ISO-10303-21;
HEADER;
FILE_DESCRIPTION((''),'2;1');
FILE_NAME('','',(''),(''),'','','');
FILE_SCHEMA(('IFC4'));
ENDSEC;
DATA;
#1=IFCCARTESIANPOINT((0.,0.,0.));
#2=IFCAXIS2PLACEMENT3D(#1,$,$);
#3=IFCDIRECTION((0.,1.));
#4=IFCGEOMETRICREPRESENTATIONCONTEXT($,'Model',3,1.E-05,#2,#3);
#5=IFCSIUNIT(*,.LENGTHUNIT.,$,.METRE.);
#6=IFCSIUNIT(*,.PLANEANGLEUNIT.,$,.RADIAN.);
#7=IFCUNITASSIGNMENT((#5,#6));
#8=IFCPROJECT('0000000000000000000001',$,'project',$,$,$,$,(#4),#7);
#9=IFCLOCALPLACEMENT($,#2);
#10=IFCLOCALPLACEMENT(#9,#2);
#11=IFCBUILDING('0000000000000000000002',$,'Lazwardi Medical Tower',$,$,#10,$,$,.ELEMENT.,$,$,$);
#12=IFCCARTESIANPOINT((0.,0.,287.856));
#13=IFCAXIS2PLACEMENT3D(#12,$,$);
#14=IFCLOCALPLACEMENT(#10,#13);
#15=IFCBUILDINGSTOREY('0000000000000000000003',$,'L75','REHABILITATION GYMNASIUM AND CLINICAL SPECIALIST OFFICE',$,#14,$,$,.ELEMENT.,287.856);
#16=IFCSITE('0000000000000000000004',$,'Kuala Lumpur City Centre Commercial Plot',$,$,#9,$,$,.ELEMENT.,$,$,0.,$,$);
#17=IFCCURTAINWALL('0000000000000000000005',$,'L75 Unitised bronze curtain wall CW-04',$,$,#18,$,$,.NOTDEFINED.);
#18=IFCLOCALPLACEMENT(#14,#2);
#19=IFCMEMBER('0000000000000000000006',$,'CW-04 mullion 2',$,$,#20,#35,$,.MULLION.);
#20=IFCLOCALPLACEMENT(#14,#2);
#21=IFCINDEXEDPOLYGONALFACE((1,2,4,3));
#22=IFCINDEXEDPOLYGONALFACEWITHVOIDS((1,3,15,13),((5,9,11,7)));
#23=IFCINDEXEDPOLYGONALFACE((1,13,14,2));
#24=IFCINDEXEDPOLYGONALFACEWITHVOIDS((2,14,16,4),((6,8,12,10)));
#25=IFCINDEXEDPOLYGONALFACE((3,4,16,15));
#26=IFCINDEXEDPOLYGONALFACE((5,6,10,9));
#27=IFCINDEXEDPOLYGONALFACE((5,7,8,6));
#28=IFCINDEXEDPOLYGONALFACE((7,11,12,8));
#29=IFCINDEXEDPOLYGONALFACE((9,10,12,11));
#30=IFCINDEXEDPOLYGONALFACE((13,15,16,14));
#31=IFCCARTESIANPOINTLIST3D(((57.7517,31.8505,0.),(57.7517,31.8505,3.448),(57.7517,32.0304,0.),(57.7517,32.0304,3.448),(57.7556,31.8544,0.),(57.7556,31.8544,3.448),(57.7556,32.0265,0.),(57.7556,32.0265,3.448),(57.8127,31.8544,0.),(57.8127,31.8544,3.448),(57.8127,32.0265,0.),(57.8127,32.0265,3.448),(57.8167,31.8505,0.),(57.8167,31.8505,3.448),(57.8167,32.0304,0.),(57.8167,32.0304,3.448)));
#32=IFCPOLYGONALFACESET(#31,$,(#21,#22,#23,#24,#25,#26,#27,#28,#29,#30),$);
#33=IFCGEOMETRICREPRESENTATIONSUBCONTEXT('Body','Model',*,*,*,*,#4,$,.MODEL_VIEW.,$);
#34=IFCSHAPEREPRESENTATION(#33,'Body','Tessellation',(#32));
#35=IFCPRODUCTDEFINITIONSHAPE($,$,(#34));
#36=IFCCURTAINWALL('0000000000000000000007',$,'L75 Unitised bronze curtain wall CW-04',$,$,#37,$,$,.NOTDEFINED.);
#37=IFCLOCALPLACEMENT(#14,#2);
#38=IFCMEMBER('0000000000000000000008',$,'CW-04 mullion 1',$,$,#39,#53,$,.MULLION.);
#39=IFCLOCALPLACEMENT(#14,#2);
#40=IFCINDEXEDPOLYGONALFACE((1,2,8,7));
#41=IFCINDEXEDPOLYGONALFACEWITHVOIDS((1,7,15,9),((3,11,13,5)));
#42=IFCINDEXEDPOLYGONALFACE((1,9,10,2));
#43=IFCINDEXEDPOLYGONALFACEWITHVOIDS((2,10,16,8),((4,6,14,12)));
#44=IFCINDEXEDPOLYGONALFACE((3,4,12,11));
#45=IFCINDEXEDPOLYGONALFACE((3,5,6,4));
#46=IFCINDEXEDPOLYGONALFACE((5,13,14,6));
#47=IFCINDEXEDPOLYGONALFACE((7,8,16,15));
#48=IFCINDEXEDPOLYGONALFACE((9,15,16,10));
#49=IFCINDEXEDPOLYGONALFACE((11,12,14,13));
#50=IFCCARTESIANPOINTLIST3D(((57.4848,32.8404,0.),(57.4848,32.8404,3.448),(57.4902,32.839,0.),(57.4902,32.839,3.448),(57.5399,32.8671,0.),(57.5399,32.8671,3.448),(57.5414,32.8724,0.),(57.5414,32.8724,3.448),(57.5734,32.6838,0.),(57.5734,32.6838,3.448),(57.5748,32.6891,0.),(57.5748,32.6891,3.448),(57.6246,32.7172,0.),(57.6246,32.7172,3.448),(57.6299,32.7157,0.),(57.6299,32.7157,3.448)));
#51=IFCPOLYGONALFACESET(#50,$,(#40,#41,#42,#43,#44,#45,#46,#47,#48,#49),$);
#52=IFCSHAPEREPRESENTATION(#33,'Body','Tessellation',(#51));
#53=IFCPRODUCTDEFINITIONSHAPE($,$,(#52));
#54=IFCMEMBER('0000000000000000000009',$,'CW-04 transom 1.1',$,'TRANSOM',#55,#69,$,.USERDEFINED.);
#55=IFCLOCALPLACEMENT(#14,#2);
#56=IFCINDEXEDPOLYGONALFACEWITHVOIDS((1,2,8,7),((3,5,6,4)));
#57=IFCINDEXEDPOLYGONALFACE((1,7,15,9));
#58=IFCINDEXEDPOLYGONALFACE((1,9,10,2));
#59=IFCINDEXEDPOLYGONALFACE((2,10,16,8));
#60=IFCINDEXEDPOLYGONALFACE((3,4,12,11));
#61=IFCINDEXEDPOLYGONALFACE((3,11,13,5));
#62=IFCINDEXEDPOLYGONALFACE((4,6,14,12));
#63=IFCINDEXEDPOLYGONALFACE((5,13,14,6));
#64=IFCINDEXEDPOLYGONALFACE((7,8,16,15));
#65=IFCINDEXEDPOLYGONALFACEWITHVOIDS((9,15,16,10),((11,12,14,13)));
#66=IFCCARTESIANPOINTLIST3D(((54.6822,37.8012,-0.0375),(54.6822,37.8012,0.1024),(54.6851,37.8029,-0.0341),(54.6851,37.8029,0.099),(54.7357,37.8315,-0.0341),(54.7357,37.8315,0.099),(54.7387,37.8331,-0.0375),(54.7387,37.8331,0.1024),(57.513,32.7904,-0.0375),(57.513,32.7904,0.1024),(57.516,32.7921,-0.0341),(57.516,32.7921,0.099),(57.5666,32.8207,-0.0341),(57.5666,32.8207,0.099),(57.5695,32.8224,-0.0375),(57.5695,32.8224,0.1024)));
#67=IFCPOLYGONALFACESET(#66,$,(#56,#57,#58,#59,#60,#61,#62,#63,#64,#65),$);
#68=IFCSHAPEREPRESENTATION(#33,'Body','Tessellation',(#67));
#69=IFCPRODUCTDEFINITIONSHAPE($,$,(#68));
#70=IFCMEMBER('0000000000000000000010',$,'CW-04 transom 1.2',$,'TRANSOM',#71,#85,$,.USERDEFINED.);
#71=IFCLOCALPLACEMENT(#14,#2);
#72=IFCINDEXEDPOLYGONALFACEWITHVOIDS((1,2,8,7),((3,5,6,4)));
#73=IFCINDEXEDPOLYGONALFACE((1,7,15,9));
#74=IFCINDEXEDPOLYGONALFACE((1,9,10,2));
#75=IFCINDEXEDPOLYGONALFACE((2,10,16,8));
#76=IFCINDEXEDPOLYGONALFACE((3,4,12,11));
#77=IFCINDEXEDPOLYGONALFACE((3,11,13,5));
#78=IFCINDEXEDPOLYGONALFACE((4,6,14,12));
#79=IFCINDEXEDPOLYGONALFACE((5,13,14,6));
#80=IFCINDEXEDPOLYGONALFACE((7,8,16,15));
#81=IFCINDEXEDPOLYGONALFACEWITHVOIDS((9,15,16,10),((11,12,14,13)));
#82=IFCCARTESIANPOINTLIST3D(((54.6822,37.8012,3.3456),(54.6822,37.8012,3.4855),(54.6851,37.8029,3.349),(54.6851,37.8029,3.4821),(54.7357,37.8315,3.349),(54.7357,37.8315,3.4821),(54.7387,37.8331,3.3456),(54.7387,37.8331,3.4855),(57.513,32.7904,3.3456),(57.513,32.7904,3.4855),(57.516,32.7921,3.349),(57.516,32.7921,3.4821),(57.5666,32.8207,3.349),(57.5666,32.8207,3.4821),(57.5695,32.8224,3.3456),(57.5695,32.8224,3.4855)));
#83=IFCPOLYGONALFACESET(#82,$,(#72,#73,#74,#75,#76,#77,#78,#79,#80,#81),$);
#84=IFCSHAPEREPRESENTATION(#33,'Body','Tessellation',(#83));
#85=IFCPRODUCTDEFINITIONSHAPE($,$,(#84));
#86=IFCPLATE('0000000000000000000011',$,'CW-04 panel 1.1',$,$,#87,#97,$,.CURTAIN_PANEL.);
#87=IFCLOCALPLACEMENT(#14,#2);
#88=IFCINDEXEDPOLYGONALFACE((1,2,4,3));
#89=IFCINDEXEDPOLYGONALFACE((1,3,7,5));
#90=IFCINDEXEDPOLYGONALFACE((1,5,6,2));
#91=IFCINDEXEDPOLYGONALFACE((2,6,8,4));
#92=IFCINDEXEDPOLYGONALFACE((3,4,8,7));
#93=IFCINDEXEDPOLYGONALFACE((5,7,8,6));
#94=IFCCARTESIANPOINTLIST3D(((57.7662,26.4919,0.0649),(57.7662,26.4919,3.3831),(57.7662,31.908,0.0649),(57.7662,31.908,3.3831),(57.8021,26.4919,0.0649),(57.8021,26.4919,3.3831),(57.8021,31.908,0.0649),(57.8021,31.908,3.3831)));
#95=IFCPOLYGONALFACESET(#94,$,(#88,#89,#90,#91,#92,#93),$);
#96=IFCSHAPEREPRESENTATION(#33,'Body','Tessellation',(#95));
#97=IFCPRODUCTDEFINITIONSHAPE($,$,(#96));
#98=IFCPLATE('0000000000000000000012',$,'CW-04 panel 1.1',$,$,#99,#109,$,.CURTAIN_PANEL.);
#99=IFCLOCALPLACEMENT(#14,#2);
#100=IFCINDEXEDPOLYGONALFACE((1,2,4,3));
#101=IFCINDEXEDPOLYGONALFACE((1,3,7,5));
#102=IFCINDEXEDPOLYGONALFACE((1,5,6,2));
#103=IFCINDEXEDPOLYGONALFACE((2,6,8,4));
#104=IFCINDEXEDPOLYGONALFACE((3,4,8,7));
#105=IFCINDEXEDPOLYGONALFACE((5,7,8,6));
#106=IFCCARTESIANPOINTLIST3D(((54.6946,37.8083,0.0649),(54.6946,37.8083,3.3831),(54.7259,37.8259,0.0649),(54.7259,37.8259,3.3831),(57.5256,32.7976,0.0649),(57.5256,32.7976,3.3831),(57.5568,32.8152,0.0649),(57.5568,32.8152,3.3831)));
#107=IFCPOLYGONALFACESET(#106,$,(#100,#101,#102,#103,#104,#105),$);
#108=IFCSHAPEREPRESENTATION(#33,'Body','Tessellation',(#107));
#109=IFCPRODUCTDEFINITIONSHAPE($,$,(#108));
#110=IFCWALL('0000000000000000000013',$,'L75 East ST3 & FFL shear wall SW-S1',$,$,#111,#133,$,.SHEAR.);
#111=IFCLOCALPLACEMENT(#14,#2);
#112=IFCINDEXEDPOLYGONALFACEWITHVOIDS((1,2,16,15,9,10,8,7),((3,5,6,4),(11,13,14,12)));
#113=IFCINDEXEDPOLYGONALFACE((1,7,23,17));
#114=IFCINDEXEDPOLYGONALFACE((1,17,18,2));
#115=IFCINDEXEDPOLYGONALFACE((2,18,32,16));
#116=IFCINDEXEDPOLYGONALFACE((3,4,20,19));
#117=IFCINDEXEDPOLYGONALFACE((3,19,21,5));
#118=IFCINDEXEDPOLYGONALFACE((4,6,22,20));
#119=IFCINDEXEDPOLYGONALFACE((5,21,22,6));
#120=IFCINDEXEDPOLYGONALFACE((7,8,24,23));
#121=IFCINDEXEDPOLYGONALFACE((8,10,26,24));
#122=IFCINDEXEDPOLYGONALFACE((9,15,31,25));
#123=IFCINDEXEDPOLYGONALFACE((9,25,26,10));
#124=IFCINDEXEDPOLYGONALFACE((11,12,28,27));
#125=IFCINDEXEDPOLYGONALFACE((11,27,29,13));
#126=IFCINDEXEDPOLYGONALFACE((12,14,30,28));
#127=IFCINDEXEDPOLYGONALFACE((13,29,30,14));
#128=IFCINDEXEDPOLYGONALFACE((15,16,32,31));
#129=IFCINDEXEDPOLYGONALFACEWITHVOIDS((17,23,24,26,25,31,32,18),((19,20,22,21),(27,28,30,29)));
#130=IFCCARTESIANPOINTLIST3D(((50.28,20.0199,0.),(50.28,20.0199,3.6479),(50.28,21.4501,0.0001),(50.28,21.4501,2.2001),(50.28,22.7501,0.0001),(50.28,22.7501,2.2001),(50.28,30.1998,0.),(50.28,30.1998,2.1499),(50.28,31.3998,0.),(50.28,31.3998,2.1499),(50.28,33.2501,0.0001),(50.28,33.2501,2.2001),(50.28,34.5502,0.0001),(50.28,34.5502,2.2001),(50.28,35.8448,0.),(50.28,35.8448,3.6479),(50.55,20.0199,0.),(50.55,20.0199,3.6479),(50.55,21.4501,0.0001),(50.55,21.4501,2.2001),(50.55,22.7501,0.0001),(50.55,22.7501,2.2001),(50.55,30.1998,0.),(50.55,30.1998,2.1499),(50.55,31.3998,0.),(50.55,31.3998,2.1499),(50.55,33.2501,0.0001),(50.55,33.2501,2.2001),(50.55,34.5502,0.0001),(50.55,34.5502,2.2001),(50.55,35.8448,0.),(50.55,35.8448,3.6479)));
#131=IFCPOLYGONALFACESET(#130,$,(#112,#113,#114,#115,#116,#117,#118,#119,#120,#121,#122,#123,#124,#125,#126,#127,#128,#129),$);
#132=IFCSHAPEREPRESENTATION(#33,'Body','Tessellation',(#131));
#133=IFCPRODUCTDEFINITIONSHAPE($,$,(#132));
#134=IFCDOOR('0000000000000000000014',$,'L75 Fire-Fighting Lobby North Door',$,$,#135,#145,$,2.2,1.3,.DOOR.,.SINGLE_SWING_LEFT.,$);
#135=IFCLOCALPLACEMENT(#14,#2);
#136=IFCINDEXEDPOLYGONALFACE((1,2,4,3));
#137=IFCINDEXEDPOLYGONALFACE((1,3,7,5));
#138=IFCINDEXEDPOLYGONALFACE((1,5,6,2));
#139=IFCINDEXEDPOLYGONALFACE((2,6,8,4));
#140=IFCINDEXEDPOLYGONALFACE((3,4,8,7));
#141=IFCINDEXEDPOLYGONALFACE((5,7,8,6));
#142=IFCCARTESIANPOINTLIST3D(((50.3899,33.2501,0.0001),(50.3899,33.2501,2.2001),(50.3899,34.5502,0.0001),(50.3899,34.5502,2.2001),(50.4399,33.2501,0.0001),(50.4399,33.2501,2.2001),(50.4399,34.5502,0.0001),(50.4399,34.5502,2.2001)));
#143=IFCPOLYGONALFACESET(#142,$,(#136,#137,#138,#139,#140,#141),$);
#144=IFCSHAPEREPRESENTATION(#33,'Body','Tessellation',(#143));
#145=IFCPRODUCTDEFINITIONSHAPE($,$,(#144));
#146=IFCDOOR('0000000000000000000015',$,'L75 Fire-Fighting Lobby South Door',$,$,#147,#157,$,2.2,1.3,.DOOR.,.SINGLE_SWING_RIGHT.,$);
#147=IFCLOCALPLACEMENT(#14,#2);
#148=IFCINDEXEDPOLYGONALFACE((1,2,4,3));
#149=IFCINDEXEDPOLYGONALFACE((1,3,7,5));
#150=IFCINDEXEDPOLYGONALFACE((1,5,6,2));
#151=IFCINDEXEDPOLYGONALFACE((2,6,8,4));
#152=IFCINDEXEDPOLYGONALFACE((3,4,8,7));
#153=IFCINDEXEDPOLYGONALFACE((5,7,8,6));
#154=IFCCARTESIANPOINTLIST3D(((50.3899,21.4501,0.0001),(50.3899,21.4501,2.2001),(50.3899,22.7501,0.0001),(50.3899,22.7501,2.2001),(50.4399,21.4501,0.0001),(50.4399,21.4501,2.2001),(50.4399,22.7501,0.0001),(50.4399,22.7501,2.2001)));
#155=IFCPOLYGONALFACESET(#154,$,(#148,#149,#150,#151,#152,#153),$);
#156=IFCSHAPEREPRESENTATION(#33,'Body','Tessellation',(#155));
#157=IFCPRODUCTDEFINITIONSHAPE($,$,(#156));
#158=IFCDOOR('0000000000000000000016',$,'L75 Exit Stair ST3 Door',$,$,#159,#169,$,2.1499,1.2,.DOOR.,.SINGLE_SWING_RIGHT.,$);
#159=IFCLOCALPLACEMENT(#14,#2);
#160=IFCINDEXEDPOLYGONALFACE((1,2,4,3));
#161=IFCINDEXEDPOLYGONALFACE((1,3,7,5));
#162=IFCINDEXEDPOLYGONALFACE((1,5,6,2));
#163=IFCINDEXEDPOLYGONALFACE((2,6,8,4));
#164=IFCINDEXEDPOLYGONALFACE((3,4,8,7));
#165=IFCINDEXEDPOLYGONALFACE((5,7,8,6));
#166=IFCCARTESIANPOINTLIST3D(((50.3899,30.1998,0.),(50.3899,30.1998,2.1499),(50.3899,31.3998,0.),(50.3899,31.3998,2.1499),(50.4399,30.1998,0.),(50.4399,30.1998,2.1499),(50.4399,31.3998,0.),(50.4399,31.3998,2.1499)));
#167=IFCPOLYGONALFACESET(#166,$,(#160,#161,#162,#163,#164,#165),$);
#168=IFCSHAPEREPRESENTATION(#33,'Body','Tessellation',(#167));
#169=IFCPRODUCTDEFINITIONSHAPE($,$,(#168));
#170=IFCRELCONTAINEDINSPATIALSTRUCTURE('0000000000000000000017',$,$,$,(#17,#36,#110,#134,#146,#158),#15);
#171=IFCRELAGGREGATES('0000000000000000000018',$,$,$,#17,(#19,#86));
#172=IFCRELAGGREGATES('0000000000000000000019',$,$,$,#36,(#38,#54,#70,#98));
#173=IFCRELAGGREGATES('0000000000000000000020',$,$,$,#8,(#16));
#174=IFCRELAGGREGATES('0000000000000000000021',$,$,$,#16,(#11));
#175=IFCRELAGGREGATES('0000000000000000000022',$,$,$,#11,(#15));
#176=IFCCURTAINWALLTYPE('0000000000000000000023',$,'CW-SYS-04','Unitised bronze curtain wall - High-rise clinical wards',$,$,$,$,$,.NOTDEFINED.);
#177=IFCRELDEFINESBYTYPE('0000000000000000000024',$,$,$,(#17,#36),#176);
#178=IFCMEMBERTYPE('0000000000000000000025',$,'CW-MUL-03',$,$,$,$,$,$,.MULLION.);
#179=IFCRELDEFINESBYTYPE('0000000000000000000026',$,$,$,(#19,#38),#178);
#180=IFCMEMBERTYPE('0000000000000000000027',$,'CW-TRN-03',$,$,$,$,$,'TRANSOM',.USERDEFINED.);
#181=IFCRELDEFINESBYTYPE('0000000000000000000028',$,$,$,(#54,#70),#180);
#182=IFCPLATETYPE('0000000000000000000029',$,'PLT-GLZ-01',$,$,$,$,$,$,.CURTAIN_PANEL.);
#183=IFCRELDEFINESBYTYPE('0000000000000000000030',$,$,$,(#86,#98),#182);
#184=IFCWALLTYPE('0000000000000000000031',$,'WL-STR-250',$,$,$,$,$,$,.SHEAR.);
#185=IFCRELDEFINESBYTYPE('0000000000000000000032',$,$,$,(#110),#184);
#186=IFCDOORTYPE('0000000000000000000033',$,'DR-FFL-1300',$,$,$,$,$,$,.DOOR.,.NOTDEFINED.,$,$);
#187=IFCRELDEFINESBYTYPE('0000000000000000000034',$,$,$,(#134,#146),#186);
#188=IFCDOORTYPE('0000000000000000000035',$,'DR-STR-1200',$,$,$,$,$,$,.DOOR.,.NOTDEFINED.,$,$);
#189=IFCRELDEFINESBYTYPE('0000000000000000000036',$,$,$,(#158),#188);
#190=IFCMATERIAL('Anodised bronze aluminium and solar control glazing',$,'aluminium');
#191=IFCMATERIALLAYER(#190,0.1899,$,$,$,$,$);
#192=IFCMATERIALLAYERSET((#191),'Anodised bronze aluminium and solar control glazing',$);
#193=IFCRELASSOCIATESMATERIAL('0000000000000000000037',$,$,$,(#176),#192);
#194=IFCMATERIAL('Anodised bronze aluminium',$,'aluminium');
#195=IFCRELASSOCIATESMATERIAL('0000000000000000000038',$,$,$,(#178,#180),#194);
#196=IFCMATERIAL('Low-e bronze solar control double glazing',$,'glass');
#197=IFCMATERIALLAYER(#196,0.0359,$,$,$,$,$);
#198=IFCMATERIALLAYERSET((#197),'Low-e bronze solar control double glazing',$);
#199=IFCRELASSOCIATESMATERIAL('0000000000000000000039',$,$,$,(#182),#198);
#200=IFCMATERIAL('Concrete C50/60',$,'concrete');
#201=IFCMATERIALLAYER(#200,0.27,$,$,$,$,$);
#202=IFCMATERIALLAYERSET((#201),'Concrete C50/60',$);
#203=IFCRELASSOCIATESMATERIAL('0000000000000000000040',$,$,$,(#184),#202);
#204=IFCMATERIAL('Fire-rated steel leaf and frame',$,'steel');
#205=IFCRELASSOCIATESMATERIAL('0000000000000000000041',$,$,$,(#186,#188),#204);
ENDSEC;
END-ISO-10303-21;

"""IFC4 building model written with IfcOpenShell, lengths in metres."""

from ifc_helpers import new_model, si_unit, direction, frame, frame_2d, origin, origin_2d, place, context, subcontext, project, spatial, rectangle, hollow_rectangle, extrude, material, layer, layer_set, material_profile, profile_set, type_object, element, fill, aggregate, save


model = new_model("IFC4")

# Units and contexts
model_context = context("Model", 3, precision=1e-05, world=origin(), true_north=direction((0.0, 1.0)))
body_context = subcontext(model_context, "Body", "Model", "MODEL_VIEW")
ifc_project = project(units=[si_unit("LENGTHUNIT", "METRE"), si_unit("PLANEANGLEUNIT", "RADIAN")], contexts=[model_context])

# Site, building, storey
site_placement = place(None, origin())
site = spatial("IfcSite", under=ifc_project, at=site_placement, Name="Kuala Lumpur City Centre Commercial Plot", CompositionType="ELEMENT", RefElevation=0.0)
building_placement = place(site_placement, origin())
building = spatial("IfcBuilding", under=site, at=building_placement, Name="Lazwardi Medical Tower", CompositionType="ELEMENT")
storey_placement = place(building_placement, frame((0.0, 0.0, 287.856)))
storey = spatial("IfcBuildingStorey", under=building, at=storey_placement, Name="L75", Description="REHABILITATION GYMNASIUM AND CLINICAL SPECIALIST OFFICE", CompositionType="ELEMENT", Elevation=287.856)

# Curtain wall, member
ifc_material_1 = material(Name="Anodised bronze aluminium and solar control glazing", Category="aluminium")
ifc_layer_1 = layer(ifc_material_1, 0.1899)
ifc_layer_set_1 = layer_set([ifc_layer_1], Name="Anodised bronze aluminium and solar control glazing")
curtain_wall_type = type_object("IfcCurtainWallType", Name="CW-SYS-04", Description="Unitised bronze curtain wall - High-rise clinical wards", PredefinedType="NOTDEFINED", material=ifc_layer_set_1)
curtain_wall_1_placement = place(storey_placement, origin())
curtain_wall_1 = element("IfcCurtainWall", 1, at=curtain_wall_1_placement, inside=storey, type_object=curtain_wall_type, Name="L75 Unitised bronze curtain wall CW-04", PredefinedType="NOTDEFINED")
ifc_material_2 = material(Name="Anodised bronze aluminium", Category="aluminium")
ifc_material_profile_1 = material_profile(ifc_material_2, hollow_rectangle(XDim=0.0649, YDim=0.1799, WallThickness=0.0039, at=origin_2d()), Name="ALU-MULLION 180x65x4")
ifc_profile_set_1 = profile_set([ifc_material_profile_1], Name="Anodised bronze aluminium")
member_type_1 = type_object("IfcMemberType", Name="CW-MUL-03", PredefinedType="MULLION", material=ifc_profile_set_1)
member_1_placement = place(storey_placement, frame((57.7842, 31.9404, 0.0), z_axis=(0.0, 0.0, 1.0), x_axis=(-1.0, 0.0, 0.0)))
member_1 = element("IfcMember", 2, at=member_1_placement, type_object=member_type_1, Name="CW-04 mullion 2", PredefinedType="MULLION", context=body_context, shape_type="SweptSolid", body=[
    extrude(hollow_rectangle(XDim=0.0649, YDim=0.1799, WallThickness=0.0039, at=origin_2d()), origin(), (0.0, 0.0, 1.0), 3.448),
])

# Curtain wall, members
curtain_wall_2_placement = place(storey_placement, origin())
curtain_wall_2 = element("IfcCurtainWall", 3, at=curtain_wall_2_placement, inside=storey, type_object=curtain_wall_type, Name="L75 Unitised bronze curtain wall CW-04", PredefinedType="NOTDEFINED")
member_2_placement = place(storey_placement, frame((57.5574, 32.7781, 0.0), z_axis=(0.0, 0.0, 1.0), x_axis=(-0.870651, -0.4919, 0.0)))
member_2 = element("IfcMember", 4, at=member_2_placement, type_object=member_type_1, Name="CW-04 mullion 1", PredefinedType="MULLION", context=body_context, shape_type="SweptSolid", body=[
    extrude(hollow_rectangle(XDim=0.0649, YDim=0.1799, WallThickness=0.0039, at=origin_2d()), origin(), (0.0, 0.0, 1.0), 3.448),
])
ifc_material_profile_2 = material_profile(ifc_material_2, hollow_rectangle(XDim=0.0649, YDim=0.1399, WallThickness=0.0034, at=origin_2d()), Name="ALU-TRANSOM 140x65x3.5")
ifc_profile_set_2 = profile_set([ifc_material_profile_2], Name="Anodised bronze aluminium")
member_type_2 = type_object("IfcMemberType", Name="CW-TRN-03", ElementType="TRANSOM", PredefinedType="USERDEFINED", material=ifc_profile_set_2)
member_3_placement = place(storey_placement, frame((57.5413, 32.8064, 0.0325), z_axis=(-0.49188, 0.870663, 0.0), x_axis=(-0.870663, -0.49188, 0.0)))
member_3 = element("IfcMember", 5, at=member_3_placement, type_object=member_type_2, Name="CW-04 transom 1.1", ObjectType="TRANSOM", PredefinedType="USERDEFINED", context=body_context, shape_type="SweptSolid", body=[
    extrude(hollow_rectangle(XDim=0.0649, YDim=0.1399, WallThickness=0.0034, at=origin_2d()), origin(), (0.0, 0.0, 1.0), 5.7551),
])
member_4_placement = place(storey_placement, frame((57.5413, 32.8064, 3.4155), z_axis=(-0.49188, 0.870663, 0.0), x_axis=(-0.870663, -0.49188, 0.0)))
member_4 = element("IfcMember", 6, at=member_4_placement, type_object=member_type_2, Name="CW-04 transom 1.2", ObjectType="TRANSOM", PredefinedType="USERDEFINED", context=body_context, shape_type="SweptSolid", body=[
    extrude(hollow_rectangle(XDim=0.0649, YDim=0.1399, WallThickness=0.0034, at=origin_2d()), origin(), (0.0, 0.0, 1.0), 5.7551),
])

# Plates
ifc_material_3 = material(Name="Low-e bronze solar control double glazing", Category="glass")
ifc_layer_2 = layer(ifc_material_3, 0.0359)
ifc_layer_set_2 = layer_set([ifc_layer_2], Name="Low-e bronze solar control double glazing")
plate_type = type_object("IfcPlateType", Name="PLT-GLZ-01", PredefinedType="CURTAIN_PANEL", material=ifc_layer_set_2)
plate_1_placement = place(storey_placement, frame((57.7842, 29.2, 0.0649), z_axis=(0.0, 0.0, 1.0), x_axis=(0.0, 1.0, 0.0)))
plate_1 = element("IfcPlate", 7, at=plate_1_placement, type_object=plate_type, Name="CW-04 panel 1.1", PredefinedType="CURTAIN_PANEL", context=body_context, shape_type="SweptSolid", body=[
    extrude(rectangle(XDim=5.416, YDim=0.0359, at=origin_2d()), origin(), (0.0, 0.0, 1.0), 3.3181),
])
aggregate(curtain_wall_1, [member_1, plate_1])
plate_2_placement = place(storey_placement, frame((56.1257, 35.3118, 0.0649), z_axis=(0.0, 0.0, 1.0), x_axis=(-0.4919, 0.870651, 0.0)))
plate_2 = element("IfcPlate", 8, at=plate_2_placement, type_object=plate_type, Name="CW-04 panel 1.1", PredefinedType="CURTAIN_PANEL", context=body_context, shape_type="SweptSolid", body=[
    extrude(rectangle(XDim=5.7551, YDim=0.0359, at=origin_2d()), origin(), (0.0, 0.0, 1.0), 3.3181),
])
aggregate(curtain_wall_2, [member_2, member_3, member_4, plate_2])

# Wall, openings, doors
ifc_material_4 = material(Name="Concrete C50/60", Category="concrete")
ifc_layer_3 = layer(ifc_material_4, 0.27)
ifc_layer_set_3 = layer_set([ifc_layer_3], Name="Concrete C50/60")
wall_type_1 = type_object("IfcWallType", Name="WL-STR-250", PredefinedType="SHEAR", material=ifc_layer_set_3)
wall_1_placement = place(storey_placement, frame((50.415, 35.845, 0.0), z_axis=(0.0, 0.0, 1.0), x_axis=(0.0, -1.0, 0.0)))
wall_1 = element("IfcWall", 9, at=wall_1_placement, inside=storey, type_object=wall_type_1, Name="L75 East ST3 & FFL shear wall SW-S1", PredefinedType="SHEAR", context=body_context, shape_type="SweptSolid", body=[
    extrude(rectangle(XDim=15.825, YDim=0.27, at=frame_2d((7.9126, 0.0))), origin(), (0.0, 0.0, 1.0), 3.6479),
])
opening_1_placement = place(wall_1_placement, frame((4.4451, 0.0, 0.0)))
opening_1 = element("IfcOpeningElement", 10, at=opening_1_placement, cuts=wall_1, PredefinedType="OPENING", context=body_context, shape_type="SweptSolid", body=[
    extrude(rectangle(XDim=1.2, YDim=2.1499, at=frame_2d((0.6001, 1.075))), frame((0.0, 0.145, 0.0), z_axis=(0.0, -1.0, 0.0), x_axis=(1.0, 0.0, 0.0)), (0.0, 0.0, 1.0), 0.29),
])
opening_2_placement = place(wall_1_placement, frame((1.2949, 0.0, 0.0)))
opening_2 = element("IfcOpeningElement", 11, at=opening_2_placement, cuts=wall_1, PredefinedType="OPENING", context=body_context, shape_type="SweptSolid", body=[
    extrude(rectangle(XDim=1.3, YDim=2.2, at=frame_2d((0.6499, 1.1001))), frame((0.0, 0.145, 0.0), z_axis=(0.0, -1.0, 0.0), x_axis=(1.0, 0.0, 0.0)), (0.0, 0.0, 1.0), 0.29),
])
opening_3_placement = place(wall_1_placement, frame((13.095, 0.0, 0.0)))
opening_3 = element("IfcOpeningElement", 12, at=opening_3_placement, cuts=wall_1, PredefinedType="OPENING", context=body_context, shape_type="SweptSolid", body=[
    extrude(rectangle(XDim=1.3, YDim=2.2, at=frame_2d((0.6499, 1.1001))), frame((0.0, 0.145, 0.0), z_axis=(0.0, -1.0, 0.0), x_axis=(1.0, 0.0, 0.0)), (0.0, 0.0, 1.0), 0.29),
])
ifc_material_5 = material(Name="Fire-rated steel leaf and frame", Category="steel")
door_type_1 = type_object("IfcDoorType", Name="DR-FFL-1300", OperationType="NOTDEFINED", PredefinedType="DOOR", material=ifc_material_5)
door_1_placement = place(opening_2_placement, origin())
door_1 = element("IfcDoor", 13, at=door_1_placement, inside=storey, type_object=door_type_1, Name="L75 Fire-Fighting Lobby North Door", OperationType="SINGLE_SWING_LEFT", OverallHeight=2.2, OverallWidth=1.3, PredefinedType="DOOR", context=body_context, shape_type="SweptSolid", body=[
    extrude(rectangle(XDim=1.3, YDim=2.2, at=frame_2d((0.6499, 1.1001))), frame((0.0, 0.0249, 0.0), z_axis=(0.0, -1.0, 0.0), x_axis=(1.0, 0.0, 0.0)), (0.0, 0.0, 1.0), 0.05),
])
fill(opening_2, door_1)
door_2_placement = place(opening_3_placement, origin())
door_2 = element("IfcDoor", 14, at=door_2_placement, inside=storey, type_object=door_type_1, Name="L75 Fire-Fighting Lobby South Door", OperationType="SINGLE_SWING_RIGHT", OverallHeight=2.2, OverallWidth=1.3, PredefinedType="DOOR", context=body_context, shape_type="SweptSolid", body=[
    extrude(rectangle(XDim=1.3, YDim=2.2, at=frame_2d((0.6499, 1.1001))), frame((0.0, 0.0249, 0.0), z_axis=(0.0, -1.0, 0.0), x_axis=(1.0, 0.0, 0.0)), (0.0, 0.0, 1.0), 0.05),
])
fill(opening_3, door_2)
door_type_2 = type_object("IfcDoorType", Name="DR-STR-1200", OperationType="NOTDEFINED", PredefinedType="DOOR", material=ifc_material_5)
door_3_placement = place(opening_1_placement, origin())
door_3 = element("IfcDoor", 15, at=door_3_placement, inside=storey, type_object=door_type_2, Name="L75 Exit Stair ST3 Door", OperationType="SINGLE_SWING_RIGHT", OverallHeight=2.1499, OverallWidth=1.2, PredefinedType="DOOR", context=body_context, shape_type="SweptSolid", body=[
    extrude(rectangle(XDim=1.2, YDim=2.1499, at=frame_2d((0.6001, 1.075))), frame((0.0, 0.0249, 0.0), z_axis=(0.0, -1.0, 0.0), x_axis=(1.0, 0.0, 0.0)), (0.0, 0.0, 1.0), 0.05),
])
fill(opening_1, door_3)

save(model, "model.ifc")
